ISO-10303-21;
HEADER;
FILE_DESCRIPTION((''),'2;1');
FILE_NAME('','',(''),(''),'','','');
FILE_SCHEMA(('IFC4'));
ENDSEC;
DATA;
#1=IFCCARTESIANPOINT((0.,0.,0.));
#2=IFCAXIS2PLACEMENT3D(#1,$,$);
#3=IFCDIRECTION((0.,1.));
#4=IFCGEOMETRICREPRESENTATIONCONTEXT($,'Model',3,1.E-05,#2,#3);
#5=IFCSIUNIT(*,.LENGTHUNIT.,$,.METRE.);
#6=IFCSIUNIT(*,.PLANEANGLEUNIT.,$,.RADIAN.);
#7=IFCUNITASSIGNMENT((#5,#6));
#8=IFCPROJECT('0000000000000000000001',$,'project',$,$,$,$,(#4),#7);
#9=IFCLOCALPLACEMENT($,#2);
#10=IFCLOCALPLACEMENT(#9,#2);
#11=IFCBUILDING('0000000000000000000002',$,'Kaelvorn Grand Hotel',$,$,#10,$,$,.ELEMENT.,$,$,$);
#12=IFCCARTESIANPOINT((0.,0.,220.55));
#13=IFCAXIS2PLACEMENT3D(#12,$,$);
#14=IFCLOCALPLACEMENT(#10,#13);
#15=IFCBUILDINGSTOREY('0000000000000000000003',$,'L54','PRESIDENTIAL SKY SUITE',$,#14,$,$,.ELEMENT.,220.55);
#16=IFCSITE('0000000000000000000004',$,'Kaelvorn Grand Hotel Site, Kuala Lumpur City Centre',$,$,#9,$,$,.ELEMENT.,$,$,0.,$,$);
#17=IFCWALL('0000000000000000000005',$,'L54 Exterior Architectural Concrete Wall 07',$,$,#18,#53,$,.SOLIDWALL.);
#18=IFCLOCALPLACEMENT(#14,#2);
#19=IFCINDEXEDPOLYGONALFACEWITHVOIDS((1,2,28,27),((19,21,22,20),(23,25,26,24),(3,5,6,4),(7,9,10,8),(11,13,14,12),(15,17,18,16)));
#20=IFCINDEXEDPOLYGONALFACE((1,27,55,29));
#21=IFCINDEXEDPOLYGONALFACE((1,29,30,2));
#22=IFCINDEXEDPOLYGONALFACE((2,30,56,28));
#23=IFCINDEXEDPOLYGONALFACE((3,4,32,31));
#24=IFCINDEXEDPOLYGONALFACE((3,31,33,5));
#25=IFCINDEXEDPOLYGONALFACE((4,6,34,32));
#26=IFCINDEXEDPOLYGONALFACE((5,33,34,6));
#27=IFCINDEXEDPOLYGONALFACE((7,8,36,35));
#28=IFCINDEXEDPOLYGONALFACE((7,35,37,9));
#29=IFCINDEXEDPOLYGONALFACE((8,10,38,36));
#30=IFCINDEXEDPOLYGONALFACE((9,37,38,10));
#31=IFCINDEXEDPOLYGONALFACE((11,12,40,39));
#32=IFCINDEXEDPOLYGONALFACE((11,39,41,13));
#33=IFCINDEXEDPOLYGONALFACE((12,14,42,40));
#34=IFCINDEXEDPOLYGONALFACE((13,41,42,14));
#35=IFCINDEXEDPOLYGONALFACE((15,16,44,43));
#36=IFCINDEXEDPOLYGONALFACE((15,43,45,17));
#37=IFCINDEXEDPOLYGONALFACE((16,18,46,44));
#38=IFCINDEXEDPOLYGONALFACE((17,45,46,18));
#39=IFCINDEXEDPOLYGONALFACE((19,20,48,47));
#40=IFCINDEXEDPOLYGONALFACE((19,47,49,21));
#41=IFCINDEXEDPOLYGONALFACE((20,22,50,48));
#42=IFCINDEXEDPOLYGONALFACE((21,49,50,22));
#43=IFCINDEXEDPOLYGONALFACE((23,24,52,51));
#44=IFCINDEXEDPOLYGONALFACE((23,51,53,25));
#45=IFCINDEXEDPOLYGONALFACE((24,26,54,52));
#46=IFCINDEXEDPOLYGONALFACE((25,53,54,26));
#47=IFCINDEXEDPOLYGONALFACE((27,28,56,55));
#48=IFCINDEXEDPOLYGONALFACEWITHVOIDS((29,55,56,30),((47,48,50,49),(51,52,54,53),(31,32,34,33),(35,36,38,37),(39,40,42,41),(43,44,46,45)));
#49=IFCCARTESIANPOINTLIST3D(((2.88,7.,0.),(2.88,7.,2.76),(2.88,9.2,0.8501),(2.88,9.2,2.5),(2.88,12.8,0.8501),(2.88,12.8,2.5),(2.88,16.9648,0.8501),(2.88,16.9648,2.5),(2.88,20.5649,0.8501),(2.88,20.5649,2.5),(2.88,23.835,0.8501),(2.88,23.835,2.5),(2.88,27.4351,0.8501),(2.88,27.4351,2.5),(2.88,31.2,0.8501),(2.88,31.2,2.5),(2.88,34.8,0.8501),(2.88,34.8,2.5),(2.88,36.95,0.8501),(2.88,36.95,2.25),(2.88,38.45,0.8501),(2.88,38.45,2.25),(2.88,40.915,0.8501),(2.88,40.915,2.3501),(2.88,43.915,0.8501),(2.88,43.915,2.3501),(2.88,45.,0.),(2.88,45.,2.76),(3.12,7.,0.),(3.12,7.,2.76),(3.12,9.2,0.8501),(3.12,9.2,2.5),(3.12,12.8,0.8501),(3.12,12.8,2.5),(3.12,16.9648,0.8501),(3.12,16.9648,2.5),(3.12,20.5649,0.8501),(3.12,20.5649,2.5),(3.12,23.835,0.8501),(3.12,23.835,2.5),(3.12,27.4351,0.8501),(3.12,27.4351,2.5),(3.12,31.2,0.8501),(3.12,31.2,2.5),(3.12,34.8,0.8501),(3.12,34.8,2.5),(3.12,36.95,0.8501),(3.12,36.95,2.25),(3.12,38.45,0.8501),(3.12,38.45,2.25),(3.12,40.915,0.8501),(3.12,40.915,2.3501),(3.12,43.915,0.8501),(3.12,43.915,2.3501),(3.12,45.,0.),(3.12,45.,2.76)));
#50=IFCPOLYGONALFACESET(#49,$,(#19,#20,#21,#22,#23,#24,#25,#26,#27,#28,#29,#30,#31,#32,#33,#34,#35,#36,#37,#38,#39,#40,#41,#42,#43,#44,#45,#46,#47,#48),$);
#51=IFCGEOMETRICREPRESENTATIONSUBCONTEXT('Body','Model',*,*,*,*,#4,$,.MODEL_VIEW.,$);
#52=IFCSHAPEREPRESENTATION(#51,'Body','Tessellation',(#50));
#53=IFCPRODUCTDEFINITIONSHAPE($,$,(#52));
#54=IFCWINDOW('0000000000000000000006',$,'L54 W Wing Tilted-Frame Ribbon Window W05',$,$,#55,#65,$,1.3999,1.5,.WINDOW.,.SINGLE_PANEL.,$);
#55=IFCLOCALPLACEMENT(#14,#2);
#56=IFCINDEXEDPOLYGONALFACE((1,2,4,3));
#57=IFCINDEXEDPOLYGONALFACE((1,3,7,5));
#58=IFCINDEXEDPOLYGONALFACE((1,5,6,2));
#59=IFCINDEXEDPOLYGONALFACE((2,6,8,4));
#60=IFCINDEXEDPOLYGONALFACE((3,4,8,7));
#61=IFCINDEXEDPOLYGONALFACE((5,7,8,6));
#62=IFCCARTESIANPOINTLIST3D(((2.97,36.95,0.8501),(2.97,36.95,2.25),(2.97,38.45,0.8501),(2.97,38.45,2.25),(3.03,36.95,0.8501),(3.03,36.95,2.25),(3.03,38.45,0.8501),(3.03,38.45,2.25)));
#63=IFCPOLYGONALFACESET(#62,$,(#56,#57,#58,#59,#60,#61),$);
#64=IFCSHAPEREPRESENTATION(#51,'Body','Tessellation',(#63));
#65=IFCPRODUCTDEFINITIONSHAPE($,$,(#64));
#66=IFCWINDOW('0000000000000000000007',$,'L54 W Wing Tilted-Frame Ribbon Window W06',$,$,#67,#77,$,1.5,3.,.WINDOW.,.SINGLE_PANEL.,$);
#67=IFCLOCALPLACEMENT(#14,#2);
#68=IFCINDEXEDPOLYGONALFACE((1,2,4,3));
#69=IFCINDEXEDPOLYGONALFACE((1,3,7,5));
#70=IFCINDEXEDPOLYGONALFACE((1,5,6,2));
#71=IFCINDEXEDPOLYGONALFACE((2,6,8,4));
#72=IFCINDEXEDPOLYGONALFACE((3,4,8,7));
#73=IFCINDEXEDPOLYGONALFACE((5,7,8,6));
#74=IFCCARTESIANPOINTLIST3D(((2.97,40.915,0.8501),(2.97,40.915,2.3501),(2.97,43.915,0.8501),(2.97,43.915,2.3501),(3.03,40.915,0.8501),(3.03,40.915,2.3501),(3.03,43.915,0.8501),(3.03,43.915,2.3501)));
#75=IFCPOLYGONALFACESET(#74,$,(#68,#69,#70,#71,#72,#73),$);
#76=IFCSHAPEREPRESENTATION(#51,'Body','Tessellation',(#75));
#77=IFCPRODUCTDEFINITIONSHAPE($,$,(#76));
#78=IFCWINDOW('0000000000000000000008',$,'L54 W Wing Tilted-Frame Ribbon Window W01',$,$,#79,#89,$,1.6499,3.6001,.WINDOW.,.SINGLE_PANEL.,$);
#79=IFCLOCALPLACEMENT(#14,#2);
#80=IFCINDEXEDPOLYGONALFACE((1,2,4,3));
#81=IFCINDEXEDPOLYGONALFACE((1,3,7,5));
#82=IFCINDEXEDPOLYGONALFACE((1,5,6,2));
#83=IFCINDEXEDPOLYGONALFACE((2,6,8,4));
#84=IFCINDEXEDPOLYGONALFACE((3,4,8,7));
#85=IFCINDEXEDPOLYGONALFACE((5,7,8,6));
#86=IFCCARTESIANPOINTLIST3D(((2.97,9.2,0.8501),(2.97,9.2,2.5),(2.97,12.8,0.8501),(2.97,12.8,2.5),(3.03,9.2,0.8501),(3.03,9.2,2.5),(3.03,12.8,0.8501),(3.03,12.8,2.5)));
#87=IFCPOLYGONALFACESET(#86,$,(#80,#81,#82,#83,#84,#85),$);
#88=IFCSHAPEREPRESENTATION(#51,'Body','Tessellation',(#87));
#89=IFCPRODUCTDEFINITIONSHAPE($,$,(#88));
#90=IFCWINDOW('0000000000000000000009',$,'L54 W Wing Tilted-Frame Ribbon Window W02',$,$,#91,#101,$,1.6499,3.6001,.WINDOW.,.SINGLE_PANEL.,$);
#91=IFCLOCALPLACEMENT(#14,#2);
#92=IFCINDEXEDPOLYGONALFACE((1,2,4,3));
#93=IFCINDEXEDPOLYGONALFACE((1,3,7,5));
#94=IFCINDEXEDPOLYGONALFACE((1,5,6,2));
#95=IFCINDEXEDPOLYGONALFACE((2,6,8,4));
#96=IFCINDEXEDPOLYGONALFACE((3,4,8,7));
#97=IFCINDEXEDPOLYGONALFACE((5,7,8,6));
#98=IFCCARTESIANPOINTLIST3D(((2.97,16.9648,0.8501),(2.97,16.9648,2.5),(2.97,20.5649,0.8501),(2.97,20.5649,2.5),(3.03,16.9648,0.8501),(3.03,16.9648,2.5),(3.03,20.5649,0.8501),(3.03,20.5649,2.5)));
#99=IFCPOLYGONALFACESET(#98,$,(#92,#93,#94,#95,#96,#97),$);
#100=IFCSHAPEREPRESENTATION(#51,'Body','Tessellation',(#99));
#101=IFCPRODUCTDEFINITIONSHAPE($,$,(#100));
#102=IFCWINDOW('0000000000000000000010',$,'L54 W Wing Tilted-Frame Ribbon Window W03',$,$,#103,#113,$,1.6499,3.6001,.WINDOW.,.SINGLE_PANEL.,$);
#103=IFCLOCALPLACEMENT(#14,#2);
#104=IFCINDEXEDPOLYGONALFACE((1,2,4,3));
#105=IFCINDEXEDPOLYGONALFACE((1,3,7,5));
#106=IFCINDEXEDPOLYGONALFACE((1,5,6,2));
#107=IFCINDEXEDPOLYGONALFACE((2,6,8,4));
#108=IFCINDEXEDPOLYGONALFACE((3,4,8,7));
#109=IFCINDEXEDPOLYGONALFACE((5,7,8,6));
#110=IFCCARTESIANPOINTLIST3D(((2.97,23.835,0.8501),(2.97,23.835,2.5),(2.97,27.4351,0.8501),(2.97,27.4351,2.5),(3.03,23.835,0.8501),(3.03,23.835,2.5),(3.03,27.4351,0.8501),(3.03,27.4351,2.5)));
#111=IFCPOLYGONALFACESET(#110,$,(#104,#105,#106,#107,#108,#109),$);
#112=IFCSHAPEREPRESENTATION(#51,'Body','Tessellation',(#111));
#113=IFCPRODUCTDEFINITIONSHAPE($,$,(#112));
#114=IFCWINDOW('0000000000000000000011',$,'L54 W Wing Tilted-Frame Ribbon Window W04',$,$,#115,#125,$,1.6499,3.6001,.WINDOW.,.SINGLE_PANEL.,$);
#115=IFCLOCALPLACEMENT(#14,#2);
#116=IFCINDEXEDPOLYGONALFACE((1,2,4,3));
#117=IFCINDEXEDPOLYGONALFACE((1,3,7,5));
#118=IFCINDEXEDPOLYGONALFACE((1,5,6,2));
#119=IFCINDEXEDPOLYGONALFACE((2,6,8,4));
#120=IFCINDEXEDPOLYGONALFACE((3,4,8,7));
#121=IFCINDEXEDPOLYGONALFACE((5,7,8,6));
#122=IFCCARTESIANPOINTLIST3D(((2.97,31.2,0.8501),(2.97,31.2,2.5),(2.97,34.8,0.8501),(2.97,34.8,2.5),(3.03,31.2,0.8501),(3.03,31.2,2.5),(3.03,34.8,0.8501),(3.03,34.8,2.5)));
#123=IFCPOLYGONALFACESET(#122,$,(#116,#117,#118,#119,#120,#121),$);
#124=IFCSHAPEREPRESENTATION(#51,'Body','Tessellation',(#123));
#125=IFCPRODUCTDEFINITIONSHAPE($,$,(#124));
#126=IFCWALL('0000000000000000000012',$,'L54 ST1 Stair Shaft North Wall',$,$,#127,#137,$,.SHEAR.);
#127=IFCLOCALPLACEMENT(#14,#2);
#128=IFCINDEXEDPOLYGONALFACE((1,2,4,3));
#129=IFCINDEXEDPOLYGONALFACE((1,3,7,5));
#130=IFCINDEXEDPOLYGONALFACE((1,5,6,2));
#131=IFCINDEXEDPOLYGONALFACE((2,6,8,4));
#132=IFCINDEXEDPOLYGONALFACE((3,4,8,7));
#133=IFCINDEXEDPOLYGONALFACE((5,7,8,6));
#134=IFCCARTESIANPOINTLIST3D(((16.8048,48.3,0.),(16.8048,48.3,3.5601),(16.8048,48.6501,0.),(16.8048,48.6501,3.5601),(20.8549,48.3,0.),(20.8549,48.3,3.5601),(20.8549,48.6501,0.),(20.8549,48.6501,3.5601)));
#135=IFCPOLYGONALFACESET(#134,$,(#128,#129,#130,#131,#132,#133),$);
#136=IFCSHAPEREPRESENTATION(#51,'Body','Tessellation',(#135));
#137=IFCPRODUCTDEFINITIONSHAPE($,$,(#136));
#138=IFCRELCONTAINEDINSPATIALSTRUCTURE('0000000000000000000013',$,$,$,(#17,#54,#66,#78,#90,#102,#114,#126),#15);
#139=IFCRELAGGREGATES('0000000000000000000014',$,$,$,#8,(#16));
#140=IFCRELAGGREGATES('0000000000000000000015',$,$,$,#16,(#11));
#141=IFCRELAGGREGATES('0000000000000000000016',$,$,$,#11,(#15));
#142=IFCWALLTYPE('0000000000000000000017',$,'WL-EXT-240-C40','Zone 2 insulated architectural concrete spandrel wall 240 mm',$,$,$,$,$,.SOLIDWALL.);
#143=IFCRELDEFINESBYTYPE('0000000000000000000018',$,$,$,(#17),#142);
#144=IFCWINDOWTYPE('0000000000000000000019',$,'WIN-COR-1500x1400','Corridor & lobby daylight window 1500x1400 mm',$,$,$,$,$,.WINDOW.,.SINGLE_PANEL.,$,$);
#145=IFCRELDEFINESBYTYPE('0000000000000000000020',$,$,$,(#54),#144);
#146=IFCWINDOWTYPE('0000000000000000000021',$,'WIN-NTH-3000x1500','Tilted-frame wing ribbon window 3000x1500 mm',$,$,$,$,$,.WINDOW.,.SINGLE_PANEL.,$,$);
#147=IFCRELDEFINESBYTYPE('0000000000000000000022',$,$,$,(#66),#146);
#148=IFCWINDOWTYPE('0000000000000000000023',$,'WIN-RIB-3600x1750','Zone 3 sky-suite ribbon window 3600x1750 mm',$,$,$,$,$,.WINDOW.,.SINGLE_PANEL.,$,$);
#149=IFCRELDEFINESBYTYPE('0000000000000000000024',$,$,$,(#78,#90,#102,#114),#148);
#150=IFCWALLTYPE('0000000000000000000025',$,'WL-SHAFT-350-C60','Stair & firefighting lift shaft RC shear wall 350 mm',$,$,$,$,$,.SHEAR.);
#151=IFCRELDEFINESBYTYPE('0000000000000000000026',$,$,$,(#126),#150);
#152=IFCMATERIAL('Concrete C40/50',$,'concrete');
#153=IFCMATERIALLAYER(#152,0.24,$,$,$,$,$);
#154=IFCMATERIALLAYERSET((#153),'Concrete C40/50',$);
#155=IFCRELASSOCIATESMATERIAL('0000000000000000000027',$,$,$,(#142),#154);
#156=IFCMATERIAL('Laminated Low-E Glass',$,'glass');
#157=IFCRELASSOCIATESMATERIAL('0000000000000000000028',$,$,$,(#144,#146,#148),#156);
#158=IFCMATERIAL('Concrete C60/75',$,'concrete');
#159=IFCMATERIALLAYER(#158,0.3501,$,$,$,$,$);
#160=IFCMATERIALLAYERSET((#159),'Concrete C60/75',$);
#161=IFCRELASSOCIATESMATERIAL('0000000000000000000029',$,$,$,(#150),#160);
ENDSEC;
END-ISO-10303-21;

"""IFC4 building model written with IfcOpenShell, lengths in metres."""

from ifc_helpers import new_model, si_unit, direction, frame, frame_2d, origin, place, context, subcontext, project, spatial, rectangle, extrude, material, layer, layer_set, type_object, element, fill, save


model = new_model("IFC4")

# Units and contexts
model_context = context("Model", 3, precision=1e-05, world=origin(), true_north=direction((0.0, 1.0)))
body_context = subcontext(model_context, "Body", "Model", "MODEL_VIEW")
ifc_project = project(units=[si_unit("LENGTHUNIT", "METRE"), si_unit("PLANEANGLEUNIT", "RADIAN")], contexts=[model_context])

# Site, building, storey
site_placement = place(None, origin())
site = spatial("IfcSite", under=ifc_project, at=site_placement, Name="Kaelvorn Grand Hotel Site, Kuala Lumpur City Centre", CompositionType="ELEMENT", RefElevation=0.0)
building_placement = place(site_placement, origin())
building = spatial("IfcBuilding", under=site, at=building_placement, Name="Kaelvorn Grand Hotel", CompositionType="ELEMENT")
storey_placement = place(building_placement, frame((0.0, 0.0, 220.55)))
storey = spatial("IfcBuildingStorey", under=building, at=storey_placement, Name="L54", Description="PRESIDENTIAL SKY SUITE", CompositionType="ELEMENT", Elevation=220.55)

# Shared definitions
ifc_material_1 = material(Name="Concrete C60/75", Category="concrete")

# Shared definitions
ifc_material_2 = material(Name="Concrete C40/50", Category="concrete")
ifc_layer_1 = layer(ifc_material_2, 0.24)
ifc_layer_set_1 = layer_set([ifc_layer_1], Name="Concrete C40/50")
wall_type_1 = type_object("IfcWallType", Name="WL-EXT-240-C40", Description="Zone 2 insulated architectural concrete spandrel wall 240 mm", PredefinedType="SOLIDWALL", material=ifc_layer_set_1)
ifc_material_3 = material(Name="Laminated Low-E Glass", Category="glass")

# Wall, openings, windows
wall_1_placement = place(storey_placement, frame((3.0, 45.0, 0.0), z_axis=(0.0, 0.0, 1.0), x_axis=(0.0, -1.0, 0.0)))
wall_1 = element("IfcWall", 1, at=wall_1_placement, inside=storey, type_object=wall_type_1, Name="L54 Exterior Architectural Concrete Wall 07", PredefinedType="SOLIDWALL", context=body_context, shape_type="SweptSolid", body=[
    extrude(rectangle(XDim=38.0, YDim=0.24, at=frame_2d((19.0, 0.0))), origin(), (0.0, 0.0, 1.0), 2.76),
])
opening_1_placement = place(wall_1_placement, frame((32.2, 0.0, 0.8501)))
opening_1 = element("IfcOpeningElement", 2, at=opening_1_placement, cuts=wall_1, PredefinedType="OPENING", context=body_context, shape_type="SweptSolid", body=[
    extrude(rectangle(XDim=3.6001, YDim=1.6499, at=frame_2d((1.8, 0.825))), frame((0.0, 0.1299, 0.0), z_axis=(0.0, -1.0, 0.0), x_axis=(1.0, 0.0, 0.0)), (0.0, 0.0, 1.0), 0.26),
])
opening_2_placement = place(wall_1_placement, frame((24.4351, 0.0, 0.8501)))
opening_2 = element("IfcOpeningElement", 3, at=opening_2_placement, cuts=wall_1, PredefinedType="OPENING", context=body_context, shape_type="SweptSolid", body=[
    extrude(rectangle(XDim=3.6001, YDim=1.6499, at=frame_2d((1.8, 0.825))), frame((0.0, 0.1299, 0.0), z_axis=(0.0, -1.0, 0.0), x_axis=(1.0, 0.0, 0.0)), (0.0, 0.0, 1.0), 0.26),
])
opening_3_placement = place(wall_1_placement, frame((17.5649, 0.0, 0.8501)))
opening_3 = element("IfcOpeningElement", 4, at=opening_3_placement, cuts=wall_1, PredefinedType="OPENING", context=body_context, shape_type="SweptSolid", body=[
    extrude(rectangle(XDim=3.6001, YDim=1.6499, at=frame_2d((1.8, 0.825))), frame((0.0, 0.1299, 0.0), z_axis=(0.0, -1.0, 0.0), x_axis=(1.0, 0.0, 0.0)), (0.0, 0.0, 1.0), 0.26),
])
opening_4_placement = place(wall_1_placement, frame((10.2, 0.0, 0.8501)))
opening_4 = element("IfcOpeningElement", 5, at=opening_4_placement, cuts=wall_1, PredefinedType="OPENING", context=body_context, shape_type="SweptSolid", body=[
    extrude(rectangle(XDim=3.6001, YDim=1.6499, at=frame_2d((1.8, 0.825))), frame((0.0, 0.1299, 0.0), z_axis=(0.0, -1.0, 0.0), x_axis=(1.0, 0.0, 0.0)), (0.0, 0.0, 1.0), 0.26),
])
opening_5_placement = place(wall_1_placement, frame((6.55, 0.0, 0.8501)))
opening_5 = element("IfcOpeningElement", 6, at=opening_5_placement, cuts=wall_1, PredefinedType="OPENING", context=body_context, shape_type="SweptSolid", body=[
    extrude(rectangle(XDim=1.5, YDim=1.3999, at=frame_2d((0.75, 0.7))), frame((0.0, 0.1299, 0.0), z_axis=(0.0, -1.0, 0.0), x_axis=(1.0, 0.0, 0.0)), (0.0, 0.0, 1.0), 0.26),
])
opening_6_placement = place(wall_1_placement, frame((1.085, 0.0, 0.8501)))
opening_6 = element("IfcOpeningElement", 7, at=opening_6_placement, cuts=wall_1, PredefinedType="OPENING", context=body_context, shape_type="SweptSolid", body=[
    extrude(rectangle(XDim=3.0, YDim=1.5, at=frame_2d((1.5, 0.75))), frame((0.0, 0.1299, 0.0), z_axis=(0.0, -1.0, 0.0), x_axis=(1.0, 0.0, 0.0)), (0.0, 0.0, 1.0), 0.26),
])
window_type_1 = type_object("IfcWindowType", Name="WIN-COR-1500x1400", Description="Corridor & lobby daylight window 1500x1400 mm", PartitioningType="SINGLE_PANEL", PredefinedType="WINDOW", material=ifc_material_3)
window_1_placement = place(opening_5_placement, origin())
window_1 = element("IfcWindow", 8, at=window_1_placement, inside=storey, type_object=window_type_1, Name="L54 W Wing Tilted-Frame Ribbon Window W05", OverallHeight=1.3999, OverallWidth=1.5, PartitioningType="SINGLE_PANEL", PredefinedType="WINDOW", context=body_context, shape_type="SweptSolid", body=[
    extrude(rectangle(XDim=1.5, YDim=1.3999, at=frame_2d((0.75, 0.7))), frame((0.0, 0.03, 0.0), z_axis=(0.0, -1.0, 0.0), x_axis=(1.0, 0.0, 0.0)), (0.0, 0.0, 1.0), 0.0601),
])
fill(opening_5, window_1)
window_type_2 = type_object("IfcWindowType", Name="WIN-NTH-3000x1500", Description="Tilted-frame wing ribbon window 3000x1500 mm", PartitioningType="SINGLE_PANEL", PredefinedType="WINDOW", material=ifc_material_3)
window_2_placement = place(opening_6_placement, origin())
window_2 = element("IfcWindow", 9, at=window_2_placement, inside=storey, type_object=window_type_2, Name="L54 W Wing Tilted-Frame Ribbon Window W06", OverallHeight=1.5, OverallWidth=3.0, PartitioningType="SINGLE_PANEL", PredefinedType="WINDOW", context=body_context, shape_type="SweptSolid", body=[
    extrude(rectangle(XDim=3.0, YDim=1.5, at=frame_2d((1.5, 0.75))), frame((0.0, 0.03, 0.0), z_axis=(0.0, -1.0, 0.0), x_axis=(1.0, 0.0, 0.0)), (0.0, 0.0, 1.0), 0.0601),
])
fill(opening_6, window_2)
window_type_3 = type_object("IfcWindowType", Name="WIN-RIB-3600x1750", Description="Zone 3 sky-suite ribbon window 3600x1750 mm", PartitioningType="SINGLE_PANEL", PredefinedType="WINDOW", material=ifc_material_3)
window_3_placement = place(opening_1_placement, origin())
window_3 = element("IfcWindow", 10, at=window_3_placement, inside=storey, type_object=window_type_3, Name="L54 W Wing Tilted-Frame Ribbon Window W01", OverallHeight=1.6499, OverallWidth=3.6001, PartitioningType="SINGLE_PANEL", PredefinedType="WINDOW", context=body_context, shape_type="SweptSolid", body=[
    extrude(rectangle(XDim=3.6001, YDim=1.6499, at=frame_2d((1.8, 0.825))), frame((0.0, 0.03, 0.0), z_axis=(0.0, -1.0, 0.0), x_axis=(1.0, 0.0, 0.0)), (0.0, 0.0, 1.0), 0.0601),
])
fill(opening_1, window_3)
window_4_placement = place(opening_2_placement, origin())
window_4 = element("IfcWindow", 11, at=window_4_placement, inside=storey, type_object=window_type_3, Name="L54 W Wing Tilted-Frame Ribbon Window W02", OverallHeight=1.6499, OverallWidth=3.6001, PartitioningType="SINGLE_PANEL", PredefinedType="WINDOW", context=body_context, shape_type="SweptSolid", body=[
    extrude(rectangle(XDim=3.6001, YDim=1.6499, at=frame_2d((1.8, 0.825))), frame((0.0, 0.03, 0.0), z_axis=(0.0, -1.0, 0.0), x_axis=(1.0, 0.0, 0.0)), (0.0, 0.0, 1.0), 0.0601),
])
fill(opening_2, window_4)
window_5_placement = place(opening_3_placement, origin())
window_5 = element("IfcWindow", 12, at=window_5_placement, inside=storey, type_object=window_type_3, Name="L54 W Wing Tilted-Frame Ribbon Window W03", OverallHeight=1.6499, OverallWidth=3.6001, PartitioningType="SINGLE_PANEL", PredefinedType="WINDOW", context=body_context, shape_type="SweptSolid", body=[
    extrude(rectangle(XDim=3.6001, YDim=1.6499, at=frame_2d((1.8, 0.825))), frame((0.0, 0.03, 0.0), z_axis=(0.0, -1.0, 0.0), x_axis=(1.0, 0.0, 0.0)), (0.0, 0.0, 1.0), 0.0601),
])
fill(opening_3, window_5)
window_6_placement = place(opening_4_placement, origin())
window_6 = element("IfcWindow", 13, at=window_6_placement, inside=storey, type_object=window_type_3, Name="L54 W Wing Tilted-Frame Ribbon Window W04", OverallHeight=1.6499, OverallWidth=3.6001, PartitioningType="SINGLE_PANEL", PredefinedType="WINDOW", context=body_context, shape_type="SweptSolid", body=[
    extrude(rectangle(XDim=3.6001, YDim=1.6499, at=frame_2d((1.8, 0.825))), frame((0.0, 0.03, 0.0), z_axis=(0.0, -1.0, 0.0), x_axis=(1.0, 0.0, 0.0)), (0.0, 0.0, 1.0), 0.0601),
])
fill(opening_4, window_6)

# Wall
ifc_layer_2 = layer(ifc_material_1, 0.3501)
ifc_layer_set_2 = layer_set([ifc_layer_2], Name="Concrete C60/75")
wall_type_2 = type_object("IfcWallType", Name="WL-SHAFT-350-C60", Description="Stair & firefighting lift shaft RC shear wall 350 mm", PredefinedType="SHEAR", material=ifc_layer_set_2)
wall_2_placement = place(storey_placement, frame((16.8049, 48.4751, 0.0), z_axis=(0.0, 0.0, 1.0), x_axis=(1.0, 0.0, 0.0)))
element("IfcWall", 14, at=wall_2_placement, inside=storey, type_object=wall_type_2, Name="L54 ST1 Stair Shaft North Wall", PredefinedType="SHEAR", context=body_context, shape_type="SweptSolid", body=[
    extrude(rectangle(XDim=4.05, YDim=0.3501, at=frame_2d((2.0249, 0.0))), origin(), (0.0, 0.0, 1.0), 3.5601),
])

save(model, "model.ifc")
